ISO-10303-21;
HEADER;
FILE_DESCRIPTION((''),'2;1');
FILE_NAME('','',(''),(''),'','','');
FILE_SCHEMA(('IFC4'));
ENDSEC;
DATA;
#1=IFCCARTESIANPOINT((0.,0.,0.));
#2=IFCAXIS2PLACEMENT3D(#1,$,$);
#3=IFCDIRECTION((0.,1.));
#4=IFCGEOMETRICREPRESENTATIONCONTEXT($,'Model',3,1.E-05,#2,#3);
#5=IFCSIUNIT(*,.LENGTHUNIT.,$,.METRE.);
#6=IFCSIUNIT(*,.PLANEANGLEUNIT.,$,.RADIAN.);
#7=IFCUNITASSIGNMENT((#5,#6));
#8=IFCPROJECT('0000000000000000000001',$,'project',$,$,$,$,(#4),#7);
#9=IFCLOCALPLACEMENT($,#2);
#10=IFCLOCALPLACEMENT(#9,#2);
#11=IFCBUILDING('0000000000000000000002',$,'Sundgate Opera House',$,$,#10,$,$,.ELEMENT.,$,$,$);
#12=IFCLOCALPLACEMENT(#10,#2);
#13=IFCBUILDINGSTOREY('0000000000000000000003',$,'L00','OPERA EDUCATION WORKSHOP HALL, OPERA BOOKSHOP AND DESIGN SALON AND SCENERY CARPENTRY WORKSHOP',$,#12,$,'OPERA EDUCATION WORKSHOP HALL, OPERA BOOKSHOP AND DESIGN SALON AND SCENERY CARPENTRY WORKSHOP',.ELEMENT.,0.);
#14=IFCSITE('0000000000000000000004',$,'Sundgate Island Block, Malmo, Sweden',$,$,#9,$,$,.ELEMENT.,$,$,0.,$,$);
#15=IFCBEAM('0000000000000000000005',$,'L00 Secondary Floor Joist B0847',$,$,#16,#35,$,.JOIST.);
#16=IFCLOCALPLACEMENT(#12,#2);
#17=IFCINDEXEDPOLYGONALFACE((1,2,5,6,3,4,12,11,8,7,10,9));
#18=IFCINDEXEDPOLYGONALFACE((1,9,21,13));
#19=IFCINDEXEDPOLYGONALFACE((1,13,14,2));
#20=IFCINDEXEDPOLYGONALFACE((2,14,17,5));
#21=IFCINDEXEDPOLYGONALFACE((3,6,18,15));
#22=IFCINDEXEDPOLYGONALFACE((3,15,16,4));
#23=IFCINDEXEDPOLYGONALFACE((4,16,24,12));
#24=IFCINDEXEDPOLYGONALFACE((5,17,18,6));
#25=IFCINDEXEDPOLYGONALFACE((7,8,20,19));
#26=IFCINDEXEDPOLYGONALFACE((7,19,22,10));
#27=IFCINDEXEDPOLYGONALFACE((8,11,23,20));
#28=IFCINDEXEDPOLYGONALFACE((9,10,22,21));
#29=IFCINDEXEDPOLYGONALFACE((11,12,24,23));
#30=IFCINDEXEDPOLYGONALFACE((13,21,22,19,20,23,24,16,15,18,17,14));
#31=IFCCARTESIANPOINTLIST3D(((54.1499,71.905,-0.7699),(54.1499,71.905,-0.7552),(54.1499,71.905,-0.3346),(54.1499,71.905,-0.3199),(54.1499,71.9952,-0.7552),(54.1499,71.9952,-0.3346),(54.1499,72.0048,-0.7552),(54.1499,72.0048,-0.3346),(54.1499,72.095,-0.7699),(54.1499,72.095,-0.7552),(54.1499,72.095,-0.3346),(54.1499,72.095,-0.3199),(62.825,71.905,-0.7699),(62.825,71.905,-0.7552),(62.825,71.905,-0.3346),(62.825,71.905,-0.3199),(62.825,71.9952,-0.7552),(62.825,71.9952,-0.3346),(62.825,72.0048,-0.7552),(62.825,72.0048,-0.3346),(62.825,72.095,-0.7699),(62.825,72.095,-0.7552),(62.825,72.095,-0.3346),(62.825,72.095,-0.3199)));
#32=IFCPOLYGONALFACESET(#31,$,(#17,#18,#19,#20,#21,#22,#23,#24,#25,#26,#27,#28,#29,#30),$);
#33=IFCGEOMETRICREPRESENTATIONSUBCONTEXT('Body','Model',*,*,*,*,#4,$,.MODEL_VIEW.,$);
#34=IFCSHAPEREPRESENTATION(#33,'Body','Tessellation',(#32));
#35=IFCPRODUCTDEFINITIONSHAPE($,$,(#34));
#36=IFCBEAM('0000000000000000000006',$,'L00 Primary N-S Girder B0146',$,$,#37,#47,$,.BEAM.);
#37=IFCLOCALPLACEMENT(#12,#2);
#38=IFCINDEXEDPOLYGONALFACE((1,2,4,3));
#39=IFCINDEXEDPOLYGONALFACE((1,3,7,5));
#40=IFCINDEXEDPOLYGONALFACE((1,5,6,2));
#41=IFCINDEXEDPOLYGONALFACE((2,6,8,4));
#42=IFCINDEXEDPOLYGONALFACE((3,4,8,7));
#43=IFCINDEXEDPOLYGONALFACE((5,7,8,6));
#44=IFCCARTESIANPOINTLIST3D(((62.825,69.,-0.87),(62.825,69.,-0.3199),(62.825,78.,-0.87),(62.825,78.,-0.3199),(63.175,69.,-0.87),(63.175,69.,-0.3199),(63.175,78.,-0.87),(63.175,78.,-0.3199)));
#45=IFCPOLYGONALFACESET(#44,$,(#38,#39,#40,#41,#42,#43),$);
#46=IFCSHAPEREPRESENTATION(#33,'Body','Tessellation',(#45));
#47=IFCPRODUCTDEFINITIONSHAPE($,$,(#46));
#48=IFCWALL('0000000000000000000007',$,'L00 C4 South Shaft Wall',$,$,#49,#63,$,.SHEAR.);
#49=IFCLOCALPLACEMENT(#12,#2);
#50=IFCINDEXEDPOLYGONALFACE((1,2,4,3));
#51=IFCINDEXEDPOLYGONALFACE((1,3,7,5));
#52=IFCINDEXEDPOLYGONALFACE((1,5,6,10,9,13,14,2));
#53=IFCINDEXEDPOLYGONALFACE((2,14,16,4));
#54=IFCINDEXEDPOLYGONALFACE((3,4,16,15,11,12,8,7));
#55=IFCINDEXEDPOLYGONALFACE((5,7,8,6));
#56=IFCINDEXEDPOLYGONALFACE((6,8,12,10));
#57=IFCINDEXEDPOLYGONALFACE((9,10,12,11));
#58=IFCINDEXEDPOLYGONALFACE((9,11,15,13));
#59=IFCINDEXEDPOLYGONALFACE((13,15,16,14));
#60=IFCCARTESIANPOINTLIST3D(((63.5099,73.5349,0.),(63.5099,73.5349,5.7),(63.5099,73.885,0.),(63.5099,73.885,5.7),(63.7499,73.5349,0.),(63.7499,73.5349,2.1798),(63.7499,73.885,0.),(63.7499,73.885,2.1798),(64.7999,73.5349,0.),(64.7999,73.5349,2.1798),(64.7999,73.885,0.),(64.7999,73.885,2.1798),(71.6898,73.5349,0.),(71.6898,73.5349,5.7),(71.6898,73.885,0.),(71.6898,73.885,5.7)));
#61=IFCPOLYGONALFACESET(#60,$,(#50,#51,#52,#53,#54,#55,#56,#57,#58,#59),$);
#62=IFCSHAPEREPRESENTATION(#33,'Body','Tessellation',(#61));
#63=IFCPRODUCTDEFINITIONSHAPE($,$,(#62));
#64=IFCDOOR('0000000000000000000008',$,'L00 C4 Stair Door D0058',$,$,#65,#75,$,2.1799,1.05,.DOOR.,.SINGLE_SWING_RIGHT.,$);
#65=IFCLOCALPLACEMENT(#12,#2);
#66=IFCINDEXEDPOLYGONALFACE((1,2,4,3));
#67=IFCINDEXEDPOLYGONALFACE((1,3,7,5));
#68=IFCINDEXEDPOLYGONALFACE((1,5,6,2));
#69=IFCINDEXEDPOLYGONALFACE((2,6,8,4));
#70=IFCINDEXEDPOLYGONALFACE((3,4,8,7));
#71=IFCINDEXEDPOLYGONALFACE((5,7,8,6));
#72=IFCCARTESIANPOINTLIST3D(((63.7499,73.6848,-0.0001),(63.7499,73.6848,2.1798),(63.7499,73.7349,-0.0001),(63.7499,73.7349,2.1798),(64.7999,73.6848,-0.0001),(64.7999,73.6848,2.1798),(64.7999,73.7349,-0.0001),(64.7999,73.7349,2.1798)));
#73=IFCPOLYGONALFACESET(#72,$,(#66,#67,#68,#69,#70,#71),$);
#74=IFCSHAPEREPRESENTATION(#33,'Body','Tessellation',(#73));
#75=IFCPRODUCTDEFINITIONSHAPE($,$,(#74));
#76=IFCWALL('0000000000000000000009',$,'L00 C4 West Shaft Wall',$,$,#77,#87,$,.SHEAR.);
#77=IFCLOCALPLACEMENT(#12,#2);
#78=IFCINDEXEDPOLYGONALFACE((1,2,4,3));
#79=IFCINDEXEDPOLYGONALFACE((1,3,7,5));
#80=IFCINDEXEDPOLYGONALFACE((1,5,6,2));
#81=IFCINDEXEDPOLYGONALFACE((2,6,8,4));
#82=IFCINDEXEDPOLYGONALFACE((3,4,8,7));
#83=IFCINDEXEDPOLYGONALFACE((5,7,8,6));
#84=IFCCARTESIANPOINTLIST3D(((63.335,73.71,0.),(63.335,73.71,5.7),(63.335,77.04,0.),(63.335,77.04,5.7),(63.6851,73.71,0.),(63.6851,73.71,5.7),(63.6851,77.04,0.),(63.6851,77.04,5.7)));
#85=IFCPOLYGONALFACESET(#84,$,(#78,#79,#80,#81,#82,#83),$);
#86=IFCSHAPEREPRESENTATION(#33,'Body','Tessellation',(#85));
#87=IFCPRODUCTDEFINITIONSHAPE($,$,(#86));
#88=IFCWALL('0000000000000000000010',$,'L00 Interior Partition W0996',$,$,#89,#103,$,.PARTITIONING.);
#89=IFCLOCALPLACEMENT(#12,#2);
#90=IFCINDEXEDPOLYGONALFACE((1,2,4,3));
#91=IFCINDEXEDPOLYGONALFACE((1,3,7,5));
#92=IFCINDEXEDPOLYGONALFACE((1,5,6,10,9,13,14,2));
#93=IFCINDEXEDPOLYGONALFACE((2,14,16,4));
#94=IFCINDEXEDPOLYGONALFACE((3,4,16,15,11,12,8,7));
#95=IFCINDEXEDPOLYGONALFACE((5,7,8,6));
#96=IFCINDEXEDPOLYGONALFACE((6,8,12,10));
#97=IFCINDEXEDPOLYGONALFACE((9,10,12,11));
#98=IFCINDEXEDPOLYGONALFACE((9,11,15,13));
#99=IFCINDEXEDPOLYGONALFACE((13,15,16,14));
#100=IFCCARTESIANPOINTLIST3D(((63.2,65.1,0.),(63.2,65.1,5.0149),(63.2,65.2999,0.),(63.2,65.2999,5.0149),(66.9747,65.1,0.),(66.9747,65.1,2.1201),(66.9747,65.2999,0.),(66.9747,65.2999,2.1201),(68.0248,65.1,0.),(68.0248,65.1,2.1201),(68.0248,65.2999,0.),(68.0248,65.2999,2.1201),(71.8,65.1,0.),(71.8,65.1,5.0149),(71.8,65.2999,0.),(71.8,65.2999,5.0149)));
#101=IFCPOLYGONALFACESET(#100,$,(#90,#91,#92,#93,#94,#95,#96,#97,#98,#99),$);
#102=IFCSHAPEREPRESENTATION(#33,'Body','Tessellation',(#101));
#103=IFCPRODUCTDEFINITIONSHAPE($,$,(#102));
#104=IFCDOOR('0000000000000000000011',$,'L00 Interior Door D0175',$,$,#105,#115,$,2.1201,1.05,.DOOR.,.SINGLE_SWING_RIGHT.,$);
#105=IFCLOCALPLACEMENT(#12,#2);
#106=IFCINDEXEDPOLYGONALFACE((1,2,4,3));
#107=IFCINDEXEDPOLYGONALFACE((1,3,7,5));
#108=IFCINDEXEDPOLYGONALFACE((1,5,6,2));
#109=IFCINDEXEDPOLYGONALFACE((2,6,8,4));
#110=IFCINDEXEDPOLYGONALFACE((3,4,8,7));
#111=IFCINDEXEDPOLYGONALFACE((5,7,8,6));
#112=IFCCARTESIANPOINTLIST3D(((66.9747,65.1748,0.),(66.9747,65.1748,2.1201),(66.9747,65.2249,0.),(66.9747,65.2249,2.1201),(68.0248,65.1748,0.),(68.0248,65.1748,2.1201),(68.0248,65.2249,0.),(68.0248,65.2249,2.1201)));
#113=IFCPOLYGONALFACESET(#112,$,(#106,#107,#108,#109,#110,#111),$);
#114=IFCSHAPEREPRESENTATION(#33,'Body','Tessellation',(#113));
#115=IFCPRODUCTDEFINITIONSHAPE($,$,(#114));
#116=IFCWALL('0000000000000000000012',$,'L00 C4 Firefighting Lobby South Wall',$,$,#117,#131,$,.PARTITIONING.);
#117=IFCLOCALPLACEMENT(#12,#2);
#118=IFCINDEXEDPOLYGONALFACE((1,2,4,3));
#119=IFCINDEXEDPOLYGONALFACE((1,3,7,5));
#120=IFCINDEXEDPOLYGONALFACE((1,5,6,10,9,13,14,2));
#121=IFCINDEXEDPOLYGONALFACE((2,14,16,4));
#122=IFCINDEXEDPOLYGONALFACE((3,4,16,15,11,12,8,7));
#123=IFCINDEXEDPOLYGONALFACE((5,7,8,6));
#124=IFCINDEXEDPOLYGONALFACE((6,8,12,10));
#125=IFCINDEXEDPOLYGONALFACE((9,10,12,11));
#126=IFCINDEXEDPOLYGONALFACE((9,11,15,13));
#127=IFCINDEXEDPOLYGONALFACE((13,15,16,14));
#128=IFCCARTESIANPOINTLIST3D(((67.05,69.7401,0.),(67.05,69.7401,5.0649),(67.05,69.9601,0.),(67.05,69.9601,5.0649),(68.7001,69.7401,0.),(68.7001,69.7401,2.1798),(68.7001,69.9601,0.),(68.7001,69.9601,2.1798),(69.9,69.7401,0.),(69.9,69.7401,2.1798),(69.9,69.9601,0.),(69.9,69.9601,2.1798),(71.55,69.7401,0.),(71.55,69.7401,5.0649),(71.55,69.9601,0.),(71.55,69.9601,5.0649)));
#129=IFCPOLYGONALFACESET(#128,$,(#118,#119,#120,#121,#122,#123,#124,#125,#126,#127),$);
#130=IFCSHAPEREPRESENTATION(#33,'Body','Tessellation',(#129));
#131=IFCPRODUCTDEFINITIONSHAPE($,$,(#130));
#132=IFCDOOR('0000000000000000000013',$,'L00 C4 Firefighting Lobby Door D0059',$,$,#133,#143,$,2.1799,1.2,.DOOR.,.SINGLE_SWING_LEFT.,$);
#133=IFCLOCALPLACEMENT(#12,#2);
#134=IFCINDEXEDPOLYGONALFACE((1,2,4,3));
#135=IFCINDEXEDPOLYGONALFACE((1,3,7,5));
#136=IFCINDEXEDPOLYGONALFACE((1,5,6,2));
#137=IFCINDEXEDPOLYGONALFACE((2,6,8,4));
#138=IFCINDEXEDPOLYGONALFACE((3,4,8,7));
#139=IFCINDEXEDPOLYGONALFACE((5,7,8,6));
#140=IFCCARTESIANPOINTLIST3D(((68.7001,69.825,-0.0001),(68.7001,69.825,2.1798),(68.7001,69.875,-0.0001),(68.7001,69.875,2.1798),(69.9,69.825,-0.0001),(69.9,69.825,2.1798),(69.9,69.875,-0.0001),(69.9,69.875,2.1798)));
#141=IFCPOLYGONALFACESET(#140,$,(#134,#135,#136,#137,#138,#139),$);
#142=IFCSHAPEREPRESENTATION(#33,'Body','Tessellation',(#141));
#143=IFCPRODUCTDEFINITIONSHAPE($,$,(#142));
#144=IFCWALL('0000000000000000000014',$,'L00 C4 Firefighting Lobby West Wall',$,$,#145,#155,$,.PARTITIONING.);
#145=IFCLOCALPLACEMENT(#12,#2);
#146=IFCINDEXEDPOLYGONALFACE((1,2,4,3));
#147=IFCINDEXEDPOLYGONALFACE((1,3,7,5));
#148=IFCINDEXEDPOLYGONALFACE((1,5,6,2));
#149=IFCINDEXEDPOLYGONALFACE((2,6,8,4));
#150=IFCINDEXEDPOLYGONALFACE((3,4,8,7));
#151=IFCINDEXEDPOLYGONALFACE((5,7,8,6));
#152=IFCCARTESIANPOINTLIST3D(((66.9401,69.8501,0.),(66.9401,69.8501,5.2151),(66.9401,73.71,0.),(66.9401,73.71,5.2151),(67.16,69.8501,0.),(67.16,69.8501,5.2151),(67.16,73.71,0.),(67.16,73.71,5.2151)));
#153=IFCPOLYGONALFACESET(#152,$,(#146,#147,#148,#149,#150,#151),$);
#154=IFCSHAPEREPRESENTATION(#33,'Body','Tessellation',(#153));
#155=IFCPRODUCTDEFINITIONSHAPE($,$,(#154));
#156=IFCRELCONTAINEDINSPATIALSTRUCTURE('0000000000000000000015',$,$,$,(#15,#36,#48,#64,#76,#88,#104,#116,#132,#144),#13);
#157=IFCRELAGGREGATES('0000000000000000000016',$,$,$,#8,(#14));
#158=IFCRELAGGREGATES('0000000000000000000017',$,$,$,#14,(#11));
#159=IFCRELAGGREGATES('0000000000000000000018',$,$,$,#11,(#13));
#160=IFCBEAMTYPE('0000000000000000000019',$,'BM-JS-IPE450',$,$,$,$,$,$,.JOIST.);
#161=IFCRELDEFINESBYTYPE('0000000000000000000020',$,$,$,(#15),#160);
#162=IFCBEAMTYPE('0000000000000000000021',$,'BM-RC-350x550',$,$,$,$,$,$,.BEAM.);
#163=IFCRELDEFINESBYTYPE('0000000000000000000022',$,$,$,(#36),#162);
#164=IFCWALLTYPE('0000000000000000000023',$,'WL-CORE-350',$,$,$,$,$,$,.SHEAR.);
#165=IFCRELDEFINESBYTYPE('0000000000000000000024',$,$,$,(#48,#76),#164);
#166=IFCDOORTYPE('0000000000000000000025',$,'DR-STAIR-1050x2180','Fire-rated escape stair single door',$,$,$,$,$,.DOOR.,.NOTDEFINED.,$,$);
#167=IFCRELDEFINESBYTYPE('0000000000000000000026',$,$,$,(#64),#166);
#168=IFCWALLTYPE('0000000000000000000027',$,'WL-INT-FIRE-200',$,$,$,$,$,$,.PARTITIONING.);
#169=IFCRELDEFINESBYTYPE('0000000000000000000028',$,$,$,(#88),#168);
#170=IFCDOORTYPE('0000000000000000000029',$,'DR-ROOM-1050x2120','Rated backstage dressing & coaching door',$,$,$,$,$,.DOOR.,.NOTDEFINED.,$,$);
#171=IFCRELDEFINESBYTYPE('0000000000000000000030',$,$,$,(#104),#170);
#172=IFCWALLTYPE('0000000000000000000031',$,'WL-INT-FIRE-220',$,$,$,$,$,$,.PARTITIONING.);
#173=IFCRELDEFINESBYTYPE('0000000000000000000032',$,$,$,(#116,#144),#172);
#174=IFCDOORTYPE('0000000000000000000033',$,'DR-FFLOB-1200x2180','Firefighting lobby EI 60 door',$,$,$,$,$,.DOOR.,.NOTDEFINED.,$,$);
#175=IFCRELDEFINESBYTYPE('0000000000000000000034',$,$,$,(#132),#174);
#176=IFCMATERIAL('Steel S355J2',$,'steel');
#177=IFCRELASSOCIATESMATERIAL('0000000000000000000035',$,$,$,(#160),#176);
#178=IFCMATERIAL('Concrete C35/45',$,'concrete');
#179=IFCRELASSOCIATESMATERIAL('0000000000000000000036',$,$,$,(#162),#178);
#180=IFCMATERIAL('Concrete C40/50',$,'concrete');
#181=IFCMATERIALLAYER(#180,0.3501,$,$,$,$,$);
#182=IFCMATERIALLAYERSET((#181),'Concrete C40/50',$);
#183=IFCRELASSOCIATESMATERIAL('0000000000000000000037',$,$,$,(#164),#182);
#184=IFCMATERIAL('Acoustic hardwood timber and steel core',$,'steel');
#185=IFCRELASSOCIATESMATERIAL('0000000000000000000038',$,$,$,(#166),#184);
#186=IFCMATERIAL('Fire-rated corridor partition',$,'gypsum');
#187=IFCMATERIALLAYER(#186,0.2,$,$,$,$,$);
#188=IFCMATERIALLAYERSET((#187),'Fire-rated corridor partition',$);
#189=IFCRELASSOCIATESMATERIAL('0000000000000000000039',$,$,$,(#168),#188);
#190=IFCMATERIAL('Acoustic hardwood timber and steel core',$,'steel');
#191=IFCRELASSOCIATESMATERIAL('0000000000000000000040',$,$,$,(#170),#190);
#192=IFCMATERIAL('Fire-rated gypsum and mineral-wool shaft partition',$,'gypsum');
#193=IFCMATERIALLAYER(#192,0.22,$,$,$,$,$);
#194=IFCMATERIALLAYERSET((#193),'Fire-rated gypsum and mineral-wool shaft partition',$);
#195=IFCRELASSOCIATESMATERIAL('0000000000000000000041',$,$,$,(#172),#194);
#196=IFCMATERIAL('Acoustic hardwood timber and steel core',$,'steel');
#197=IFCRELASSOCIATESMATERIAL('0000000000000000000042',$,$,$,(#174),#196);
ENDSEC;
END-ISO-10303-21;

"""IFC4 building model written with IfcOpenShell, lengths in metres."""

from ifc_helpers import new_model, si_unit, direction, frame, frame_2d, origin, origin_2d, place, context, subcontext, project, spatial, rectangle, i_section, extrude, material, layer, layer_set, material_profile, profile_set, type_object, element, fill, save


model = new_model("IFC4")

# Units and contexts
model_context = context("Model", 3, precision=1e-05, world=origin(), true_north=direction((0.0, 1.0)))
body_context = subcontext(model_context, "Body", "Model", "MODEL_VIEW")
ifc_project = project(units=[si_unit("LENGTHUNIT", "METRE"), si_unit("PLANEANGLEUNIT", "RADIAN")], contexts=[model_context])

# Site, building, storey
site_placement = place(None, origin())
site = spatial("IfcSite", under=ifc_project, at=site_placement, Name="Sundgate Island Block, Malmo, Sweden", CompositionType="ELEMENT", RefElevation=0.0)
building_placement = place(site_placement, origin())
building = spatial("IfcBuilding", under=site, at=building_placement, Name="Sundgate Opera House", CompositionType="ELEMENT")
storey_placement = place(building_placement, origin())
storey = spatial("IfcBuildingStorey", under=building, at=storey_placement, Name="L00", Description="OPERA EDUCATION WORKSHOP HALL, OPERA BOOKSHOP AND DESIGN SALON AND SCENERY CARPENTRY WORKSHOP", LongName="OPERA EDUCATION WORKSHOP HALL, OPERA BOOKSHOP AND DESIGN SALON AND SCENERY CARPENTRY WORKSHOP", CompositionType="ELEMENT", Elevation=0.0)

# Beams
ifc_material_1 = material(Name="Steel S355J2", Category="steel")
ifc_material_profile_1 = material_profile(ifc_material_1, i_section(OverallWidth=0.1899, OverallDepth=0.45, WebThickness=0.0095, FlangeThickness=0.0146, at=origin_2d()), Name="IPE 450")
ifc_profile_set_1 = profile_set([ifc_material_profile_1], Name="Steel S355J2")
beam_type_1 = type_object("IfcBeamType", Name="BM-JS-IPE450", PredefinedType="JOIST", material=ifc_profile_set_1)
beam_1_placement = place(storey_placement, frame((54.1499, 72.0, -0.5449), z_axis=(1.0, 0.0, 0.0), x_axis=(0.0, 1.0, 0.0)))
element("IfcBeam", 1, at=beam_1_placement, inside=storey, type_object=beam_type_1, Name="L00 Secondary Floor Joist B0847", PredefinedType="JOIST", context=body_context, shape_type="SweptSolid", body=[
    extrude(i_section(OverallWidth=0.1899, OverallDepth=0.45, WebThickness=0.0095, FlangeThickness=0.0146, at=origin_2d()), origin(), (0.0, 0.0, 1.0), 8.675),
])
ifc_material_2 = material(Name="Concrete C35/45", Category="concrete")
ifc_material_profile_2 = material_profile(ifc_material_2, rectangle(XDim=0.3501, YDim=0.55, at=origin_2d()), Name="RC 350x550")
ifc_profile_set_2 = profile_set([ifc_material_profile_2], Name="Concrete C35/45")
beam_type_2 = type_object("IfcBeamType", Name="BM-RC-350x550", PredefinedType="BEAM", material=ifc_profile_set_2)
beam_2_placement = place(storey_placement, frame((63.0, 69.0, -0.595), z_axis=(0.0, 1.0, 0.0), x_axis=(-1.0, 0.0, 0.0)))
element("IfcBeam", 2, at=beam_2_placement, inside=storey, type_object=beam_type_2, Name="L00 Primary N-S Girder B0146", PredefinedType="BEAM", context=body_context, shape_type="SweptSolid", body=[
    extrude(rectangle(XDim=0.3501, YDim=0.55, at=origin_2d()), origin(), (0.0, 0.0, 1.0), 9.0),
])

# Wall, opening, door
ifc_material_3 = material(Name="Concrete C40/50", Category="concrete")
ifc_layer_1 = layer(ifc_material_3, 0.3501)
ifc_layer_set_1 = layer_set([ifc_layer_1], Name="Concrete C40/50")
wall_type_1 = type_object("IfcWallType", Name="WL-CORE-350", PredefinedType="SHEAR", material=ifc_layer_set_1)
wall_1_placement = place(storey_placement, frame((63.51, 73.71, 0.0), z_axis=(0.0, 0.0, 1.0), x_axis=(1.0, 0.0, 0.0)))
wall_1 = element("IfcWall", 3, at=wall_1_placement, inside=storey, type_object=wall_type_1, Name="L00 C4 South Shaft Wall", PredefinedType="SHEAR", context=body_context, shape_type="SweptSolid", body=[
    extrude(rectangle(XDim=8.1799, YDim=0.3501, at=frame_2d((4.0898, 0.0))), origin(), (0.0, 0.0, 1.0), 5.7),
])
opening_1_placement = place(wall_1_placement, frame((0.24, 0.0, 0.0)))
opening_1 = element("IfcOpeningElement", 4, at=opening_1_placement, cuts=wall_1, PredefinedType="OPENING", context=body_context, shape_type="SweptSolid", body=[
    extrude(rectangle(XDim=1.05, YDim=2.1799, at=frame_2d((0.5249, 1.0898))), frame((0.0, 0.1851, 0.0), z_axis=(0.0, -1.0, 0.0), x_axis=(1.0, 0.0, 0.0)), (0.0, 0.0, 1.0), 0.3701),
])
ifc_material_4 = material(Name="Acoustic hardwood timber and steel core", Category="steel")
door_type_1 = type_object("IfcDoorType", Name="DR-STAIR-1050x2180", Description="Fire-rated escape stair single door", OperationType="NOTDEFINED", PredefinedType="DOOR", material=ifc_material_4)
door_1_placement = place(opening_1_placement, origin())
door_1 = element("IfcDoor", 5, at=door_1_placement, inside=storey, type_object=door_type_1, Name="L00 C4 Stair Door D0058", OperationType="SINGLE_SWING_RIGHT", OverallHeight=2.1799, OverallWidth=1.05, PredefinedType="DOOR", context=body_context, shape_type="SweptSolid", body=[
    extrude(rectangle(XDim=1.05, YDim=2.1799, at=frame_2d((0.5249, 1.0898))), frame((0.0, 0.0249, 0.0), z_axis=(0.0, -1.0, 0.0), x_axis=(1.0, 0.0, 0.0)), (0.0, 0.0, 1.0), 0.05),
])
fill(opening_1, door_1)

# Wall
wall_2_placement = place(storey_placement, frame((63.51, 73.71, 0.0), z_axis=(0.0, 0.0, 1.0), x_axis=(0.0, 1.0, 0.0)))
element("IfcWall", 6, at=wall_2_placement, inside=storey, type_object=wall_type_1, Name="L00 C4 West Shaft Wall", PredefinedType="SHEAR", context=body_context, shape_type="SweptSolid", body=[
    extrude(rectangle(XDim=3.3301, YDim=0.3501, at=frame_2d((1.665, 0.0))), origin(), (0.0, 0.0, 1.0), 5.7),
])

# Walls, openings, doors
ifc_material_5 = material(Name="Fire-rated corridor partition", Category="gypsum")
ifc_layer_2 = layer(ifc_material_5, 0.2)
ifc_layer_set_2 = layer_set([ifc_layer_2], Name="Fire-rated corridor partition")
wall_type_2 = type_object("IfcWallType", Name="WL-INT-FIRE-200", PredefinedType="PARTITIONING", material=ifc_layer_set_2)
wall_3_placement = place(storey_placement, frame((63.2, 65.2, 0.0), z_axis=(0.0, 0.0, 1.0), x_axis=(1.0, 0.0, 0.0)))
wall_3 = element("IfcWall", 7, at=wall_3_placement, inside=storey, type_object=wall_type_2, Name="L00 Interior Partition W0996", PredefinedType="PARTITIONING", context=body_context, shape_type="SweptSolid", body=[
    extrude(rectangle(XDim=8.6001, YDim=0.2, at=frame_2d((4.3, 0.0))), origin(), (0.0, 0.0, 1.0), 5.0149),
])
opening_2_placement = place(wall_3_placement, frame((3.7749, 0.0, 0.0)))
opening_2 = element("IfcOpeningElement", 8, at=opening_2_placement, cuts=wall_3, PredefinedType="OPENING", context=body_context, shape_type="SweptSolid", body=[
    extrude(rectangle(XDim=1.05, YDim=2.1201, at=frame_2d((0.5249, 1.0601))), frame((0.0, 0.1099, 0.0), z_axis=(0.0, -1.0, 0.0), x_axis=(1.0, 0.0, 0.0)), (0.0, 0.0, 1.0), 0.22),
])
ifc_material_6 = material(Name="Acoustic hardwood timber and steel core", Category="steel")
door_type_2 = type_object("IfcDoorType", Name="DR-ROOM-1050x2120", Description="Rated backstage dressing & coaching door", OperationType="NOTDEFINED", PredefinedType="DOOR", material=ifc_material_6)
door_2_placement = place(opening_2_placement, origin())
door_2 = element("IfcDoor", 9, at=door_2_placement, inside=storey, type_object=door_type_2, Name="L00 Interior Door D0175", OperationType="SINGLE_SWING_RIGHT", OverallHeight=2.1201, OverallWidth=1.05, PredefinedType="DOOR", context=body_context, shape_type="SweptSolid", body=[
    extrude(rectangle(XDim=1.05, YDim=2.1201, at=frame_2d((0.5249, 1.0601))), frame((0.0, 0.0249, 0.0), z_axis=(0.0, -1.0, 0.0), x_axis=(1.0, 0.0, 0.0)), (0.0, 0.0, 1.0), 0.05),
])
fill(opening_2, door_2)
ifc_material_7 = material(Name="Fire-rated gypsum and mineral-wool shaft partition", Category="gypsum")
ifc_layer_3 = layer(ifc_material_7, 0.22)
ifc_layer_set_3 = layer_set([ifc_layer_3], Name="Fire-rated gypsum and mineral-wool shaft partition")
wall_type_3 = type_object("IfcWallType", Name="WL-INT-FIRE-220", PredefinedType="PARTITIONING", material=ifc_layer_set_3)
wall_4_placement = place(storey_placement, frame((67.05, 69.8501, 0.0), z_axis=(0.0, 0.0, 1.0), x_axis=(1.0, 0.0, 0.0)))
wall_4 = element("IfcWall", 10, at=wall_4_placement, inside=storey, type_object=wall_type_3, Name="L00 C4 Firefighting Lobby South Wall", PredefinedType="PARTITIONING", context=body_context, shape_type="SweptSolid", body=[
    extrude(rectangle(XDim=4.5, YDim=0.22, at=frame_2d((2.25, 0.0))), origin(), (0.0, 0.0, 1.0), 5.0649),
])
opening_3_placement = place(wall_4_placement, frame((1.6499, 0.0, 0.0)))
opening_3 = element("IfcOpeningElement", 11, at=opening_3_placement, cuts=wall_4, PredefinedType="OPENING", context=body_context, shape_type="SweptSolid", body=[
    extrude(rectangle(XDim=1.2, YDim=2.1799, at=frame_2d((0.6001, 1.0898))), frame((0.0, 0.1199, 0.0), z_axis=(0.0, -1.0, 0.0), x_axis=(1.0, 0.0, 0.0)), (0.0, 0.0, 1.0), 0.24),
])
ifc_material_8 = material(Name="Acoustic hardwood timber and steel core", Category="steel")
door_type_3 = type_object("IfcDoorType", Name="DR-FFLOB-1200x2180", Description="Firefighting lobby EI 60 door", OperationType="NOTDEFINED", PredefinedType="DOOR", material=ifc_material_8)
door_3_placement = place(opening_3_placement, origin())
door_3 = element("IfcDoor", 12, at=door_3_placement, inside=storey, type_object=door_type_3, Name="L00 C4 Firefighting Lobby Door D0059", OperationType="SINGLE_SWING_LEFT", OverallHeight=2.1799, OverallWidth=1.2, PredefinedType="DOOR", context=body_context, shape_type="SweptSolid", body=[
    extrude(rectangle(XDim=1.2, YDim=2.1799, at=frame_2d((0.6001, 1.0898))), frame((0.0, 0.0249, 0.0), z_axis=(0.0, -1.0, 0.0), x_axis=(1.0, 0.0, 0.0)), (0.0, 0.0, 1.0), 0.05),
])
fill(opening_3, door_3)

# Wall
wall_5_placement = place(storey_placement, frame((67.05, 69.8501, 0.0), z_axis=(0.0, 0.0, 1.0), x_axis=(0.0, 1.0, 0.0)))
element("IfcWall", 13, at=wall_5_placement, inside=storey, type_object=wall_type_3, Name="L00 C4 Firefighting Lobby West Wall", PredefinedType="PARTITIONING", context=body_context, shape_type="SweptSolid", body=[
    extrude(rectangle(XDim=3.8599, YDim=0.22, at=frame_2d((1.9299, 0.0))), origin(), (0.0, 0.0, 1.0), 5.2151),
])

save(model, "model.ifc")
